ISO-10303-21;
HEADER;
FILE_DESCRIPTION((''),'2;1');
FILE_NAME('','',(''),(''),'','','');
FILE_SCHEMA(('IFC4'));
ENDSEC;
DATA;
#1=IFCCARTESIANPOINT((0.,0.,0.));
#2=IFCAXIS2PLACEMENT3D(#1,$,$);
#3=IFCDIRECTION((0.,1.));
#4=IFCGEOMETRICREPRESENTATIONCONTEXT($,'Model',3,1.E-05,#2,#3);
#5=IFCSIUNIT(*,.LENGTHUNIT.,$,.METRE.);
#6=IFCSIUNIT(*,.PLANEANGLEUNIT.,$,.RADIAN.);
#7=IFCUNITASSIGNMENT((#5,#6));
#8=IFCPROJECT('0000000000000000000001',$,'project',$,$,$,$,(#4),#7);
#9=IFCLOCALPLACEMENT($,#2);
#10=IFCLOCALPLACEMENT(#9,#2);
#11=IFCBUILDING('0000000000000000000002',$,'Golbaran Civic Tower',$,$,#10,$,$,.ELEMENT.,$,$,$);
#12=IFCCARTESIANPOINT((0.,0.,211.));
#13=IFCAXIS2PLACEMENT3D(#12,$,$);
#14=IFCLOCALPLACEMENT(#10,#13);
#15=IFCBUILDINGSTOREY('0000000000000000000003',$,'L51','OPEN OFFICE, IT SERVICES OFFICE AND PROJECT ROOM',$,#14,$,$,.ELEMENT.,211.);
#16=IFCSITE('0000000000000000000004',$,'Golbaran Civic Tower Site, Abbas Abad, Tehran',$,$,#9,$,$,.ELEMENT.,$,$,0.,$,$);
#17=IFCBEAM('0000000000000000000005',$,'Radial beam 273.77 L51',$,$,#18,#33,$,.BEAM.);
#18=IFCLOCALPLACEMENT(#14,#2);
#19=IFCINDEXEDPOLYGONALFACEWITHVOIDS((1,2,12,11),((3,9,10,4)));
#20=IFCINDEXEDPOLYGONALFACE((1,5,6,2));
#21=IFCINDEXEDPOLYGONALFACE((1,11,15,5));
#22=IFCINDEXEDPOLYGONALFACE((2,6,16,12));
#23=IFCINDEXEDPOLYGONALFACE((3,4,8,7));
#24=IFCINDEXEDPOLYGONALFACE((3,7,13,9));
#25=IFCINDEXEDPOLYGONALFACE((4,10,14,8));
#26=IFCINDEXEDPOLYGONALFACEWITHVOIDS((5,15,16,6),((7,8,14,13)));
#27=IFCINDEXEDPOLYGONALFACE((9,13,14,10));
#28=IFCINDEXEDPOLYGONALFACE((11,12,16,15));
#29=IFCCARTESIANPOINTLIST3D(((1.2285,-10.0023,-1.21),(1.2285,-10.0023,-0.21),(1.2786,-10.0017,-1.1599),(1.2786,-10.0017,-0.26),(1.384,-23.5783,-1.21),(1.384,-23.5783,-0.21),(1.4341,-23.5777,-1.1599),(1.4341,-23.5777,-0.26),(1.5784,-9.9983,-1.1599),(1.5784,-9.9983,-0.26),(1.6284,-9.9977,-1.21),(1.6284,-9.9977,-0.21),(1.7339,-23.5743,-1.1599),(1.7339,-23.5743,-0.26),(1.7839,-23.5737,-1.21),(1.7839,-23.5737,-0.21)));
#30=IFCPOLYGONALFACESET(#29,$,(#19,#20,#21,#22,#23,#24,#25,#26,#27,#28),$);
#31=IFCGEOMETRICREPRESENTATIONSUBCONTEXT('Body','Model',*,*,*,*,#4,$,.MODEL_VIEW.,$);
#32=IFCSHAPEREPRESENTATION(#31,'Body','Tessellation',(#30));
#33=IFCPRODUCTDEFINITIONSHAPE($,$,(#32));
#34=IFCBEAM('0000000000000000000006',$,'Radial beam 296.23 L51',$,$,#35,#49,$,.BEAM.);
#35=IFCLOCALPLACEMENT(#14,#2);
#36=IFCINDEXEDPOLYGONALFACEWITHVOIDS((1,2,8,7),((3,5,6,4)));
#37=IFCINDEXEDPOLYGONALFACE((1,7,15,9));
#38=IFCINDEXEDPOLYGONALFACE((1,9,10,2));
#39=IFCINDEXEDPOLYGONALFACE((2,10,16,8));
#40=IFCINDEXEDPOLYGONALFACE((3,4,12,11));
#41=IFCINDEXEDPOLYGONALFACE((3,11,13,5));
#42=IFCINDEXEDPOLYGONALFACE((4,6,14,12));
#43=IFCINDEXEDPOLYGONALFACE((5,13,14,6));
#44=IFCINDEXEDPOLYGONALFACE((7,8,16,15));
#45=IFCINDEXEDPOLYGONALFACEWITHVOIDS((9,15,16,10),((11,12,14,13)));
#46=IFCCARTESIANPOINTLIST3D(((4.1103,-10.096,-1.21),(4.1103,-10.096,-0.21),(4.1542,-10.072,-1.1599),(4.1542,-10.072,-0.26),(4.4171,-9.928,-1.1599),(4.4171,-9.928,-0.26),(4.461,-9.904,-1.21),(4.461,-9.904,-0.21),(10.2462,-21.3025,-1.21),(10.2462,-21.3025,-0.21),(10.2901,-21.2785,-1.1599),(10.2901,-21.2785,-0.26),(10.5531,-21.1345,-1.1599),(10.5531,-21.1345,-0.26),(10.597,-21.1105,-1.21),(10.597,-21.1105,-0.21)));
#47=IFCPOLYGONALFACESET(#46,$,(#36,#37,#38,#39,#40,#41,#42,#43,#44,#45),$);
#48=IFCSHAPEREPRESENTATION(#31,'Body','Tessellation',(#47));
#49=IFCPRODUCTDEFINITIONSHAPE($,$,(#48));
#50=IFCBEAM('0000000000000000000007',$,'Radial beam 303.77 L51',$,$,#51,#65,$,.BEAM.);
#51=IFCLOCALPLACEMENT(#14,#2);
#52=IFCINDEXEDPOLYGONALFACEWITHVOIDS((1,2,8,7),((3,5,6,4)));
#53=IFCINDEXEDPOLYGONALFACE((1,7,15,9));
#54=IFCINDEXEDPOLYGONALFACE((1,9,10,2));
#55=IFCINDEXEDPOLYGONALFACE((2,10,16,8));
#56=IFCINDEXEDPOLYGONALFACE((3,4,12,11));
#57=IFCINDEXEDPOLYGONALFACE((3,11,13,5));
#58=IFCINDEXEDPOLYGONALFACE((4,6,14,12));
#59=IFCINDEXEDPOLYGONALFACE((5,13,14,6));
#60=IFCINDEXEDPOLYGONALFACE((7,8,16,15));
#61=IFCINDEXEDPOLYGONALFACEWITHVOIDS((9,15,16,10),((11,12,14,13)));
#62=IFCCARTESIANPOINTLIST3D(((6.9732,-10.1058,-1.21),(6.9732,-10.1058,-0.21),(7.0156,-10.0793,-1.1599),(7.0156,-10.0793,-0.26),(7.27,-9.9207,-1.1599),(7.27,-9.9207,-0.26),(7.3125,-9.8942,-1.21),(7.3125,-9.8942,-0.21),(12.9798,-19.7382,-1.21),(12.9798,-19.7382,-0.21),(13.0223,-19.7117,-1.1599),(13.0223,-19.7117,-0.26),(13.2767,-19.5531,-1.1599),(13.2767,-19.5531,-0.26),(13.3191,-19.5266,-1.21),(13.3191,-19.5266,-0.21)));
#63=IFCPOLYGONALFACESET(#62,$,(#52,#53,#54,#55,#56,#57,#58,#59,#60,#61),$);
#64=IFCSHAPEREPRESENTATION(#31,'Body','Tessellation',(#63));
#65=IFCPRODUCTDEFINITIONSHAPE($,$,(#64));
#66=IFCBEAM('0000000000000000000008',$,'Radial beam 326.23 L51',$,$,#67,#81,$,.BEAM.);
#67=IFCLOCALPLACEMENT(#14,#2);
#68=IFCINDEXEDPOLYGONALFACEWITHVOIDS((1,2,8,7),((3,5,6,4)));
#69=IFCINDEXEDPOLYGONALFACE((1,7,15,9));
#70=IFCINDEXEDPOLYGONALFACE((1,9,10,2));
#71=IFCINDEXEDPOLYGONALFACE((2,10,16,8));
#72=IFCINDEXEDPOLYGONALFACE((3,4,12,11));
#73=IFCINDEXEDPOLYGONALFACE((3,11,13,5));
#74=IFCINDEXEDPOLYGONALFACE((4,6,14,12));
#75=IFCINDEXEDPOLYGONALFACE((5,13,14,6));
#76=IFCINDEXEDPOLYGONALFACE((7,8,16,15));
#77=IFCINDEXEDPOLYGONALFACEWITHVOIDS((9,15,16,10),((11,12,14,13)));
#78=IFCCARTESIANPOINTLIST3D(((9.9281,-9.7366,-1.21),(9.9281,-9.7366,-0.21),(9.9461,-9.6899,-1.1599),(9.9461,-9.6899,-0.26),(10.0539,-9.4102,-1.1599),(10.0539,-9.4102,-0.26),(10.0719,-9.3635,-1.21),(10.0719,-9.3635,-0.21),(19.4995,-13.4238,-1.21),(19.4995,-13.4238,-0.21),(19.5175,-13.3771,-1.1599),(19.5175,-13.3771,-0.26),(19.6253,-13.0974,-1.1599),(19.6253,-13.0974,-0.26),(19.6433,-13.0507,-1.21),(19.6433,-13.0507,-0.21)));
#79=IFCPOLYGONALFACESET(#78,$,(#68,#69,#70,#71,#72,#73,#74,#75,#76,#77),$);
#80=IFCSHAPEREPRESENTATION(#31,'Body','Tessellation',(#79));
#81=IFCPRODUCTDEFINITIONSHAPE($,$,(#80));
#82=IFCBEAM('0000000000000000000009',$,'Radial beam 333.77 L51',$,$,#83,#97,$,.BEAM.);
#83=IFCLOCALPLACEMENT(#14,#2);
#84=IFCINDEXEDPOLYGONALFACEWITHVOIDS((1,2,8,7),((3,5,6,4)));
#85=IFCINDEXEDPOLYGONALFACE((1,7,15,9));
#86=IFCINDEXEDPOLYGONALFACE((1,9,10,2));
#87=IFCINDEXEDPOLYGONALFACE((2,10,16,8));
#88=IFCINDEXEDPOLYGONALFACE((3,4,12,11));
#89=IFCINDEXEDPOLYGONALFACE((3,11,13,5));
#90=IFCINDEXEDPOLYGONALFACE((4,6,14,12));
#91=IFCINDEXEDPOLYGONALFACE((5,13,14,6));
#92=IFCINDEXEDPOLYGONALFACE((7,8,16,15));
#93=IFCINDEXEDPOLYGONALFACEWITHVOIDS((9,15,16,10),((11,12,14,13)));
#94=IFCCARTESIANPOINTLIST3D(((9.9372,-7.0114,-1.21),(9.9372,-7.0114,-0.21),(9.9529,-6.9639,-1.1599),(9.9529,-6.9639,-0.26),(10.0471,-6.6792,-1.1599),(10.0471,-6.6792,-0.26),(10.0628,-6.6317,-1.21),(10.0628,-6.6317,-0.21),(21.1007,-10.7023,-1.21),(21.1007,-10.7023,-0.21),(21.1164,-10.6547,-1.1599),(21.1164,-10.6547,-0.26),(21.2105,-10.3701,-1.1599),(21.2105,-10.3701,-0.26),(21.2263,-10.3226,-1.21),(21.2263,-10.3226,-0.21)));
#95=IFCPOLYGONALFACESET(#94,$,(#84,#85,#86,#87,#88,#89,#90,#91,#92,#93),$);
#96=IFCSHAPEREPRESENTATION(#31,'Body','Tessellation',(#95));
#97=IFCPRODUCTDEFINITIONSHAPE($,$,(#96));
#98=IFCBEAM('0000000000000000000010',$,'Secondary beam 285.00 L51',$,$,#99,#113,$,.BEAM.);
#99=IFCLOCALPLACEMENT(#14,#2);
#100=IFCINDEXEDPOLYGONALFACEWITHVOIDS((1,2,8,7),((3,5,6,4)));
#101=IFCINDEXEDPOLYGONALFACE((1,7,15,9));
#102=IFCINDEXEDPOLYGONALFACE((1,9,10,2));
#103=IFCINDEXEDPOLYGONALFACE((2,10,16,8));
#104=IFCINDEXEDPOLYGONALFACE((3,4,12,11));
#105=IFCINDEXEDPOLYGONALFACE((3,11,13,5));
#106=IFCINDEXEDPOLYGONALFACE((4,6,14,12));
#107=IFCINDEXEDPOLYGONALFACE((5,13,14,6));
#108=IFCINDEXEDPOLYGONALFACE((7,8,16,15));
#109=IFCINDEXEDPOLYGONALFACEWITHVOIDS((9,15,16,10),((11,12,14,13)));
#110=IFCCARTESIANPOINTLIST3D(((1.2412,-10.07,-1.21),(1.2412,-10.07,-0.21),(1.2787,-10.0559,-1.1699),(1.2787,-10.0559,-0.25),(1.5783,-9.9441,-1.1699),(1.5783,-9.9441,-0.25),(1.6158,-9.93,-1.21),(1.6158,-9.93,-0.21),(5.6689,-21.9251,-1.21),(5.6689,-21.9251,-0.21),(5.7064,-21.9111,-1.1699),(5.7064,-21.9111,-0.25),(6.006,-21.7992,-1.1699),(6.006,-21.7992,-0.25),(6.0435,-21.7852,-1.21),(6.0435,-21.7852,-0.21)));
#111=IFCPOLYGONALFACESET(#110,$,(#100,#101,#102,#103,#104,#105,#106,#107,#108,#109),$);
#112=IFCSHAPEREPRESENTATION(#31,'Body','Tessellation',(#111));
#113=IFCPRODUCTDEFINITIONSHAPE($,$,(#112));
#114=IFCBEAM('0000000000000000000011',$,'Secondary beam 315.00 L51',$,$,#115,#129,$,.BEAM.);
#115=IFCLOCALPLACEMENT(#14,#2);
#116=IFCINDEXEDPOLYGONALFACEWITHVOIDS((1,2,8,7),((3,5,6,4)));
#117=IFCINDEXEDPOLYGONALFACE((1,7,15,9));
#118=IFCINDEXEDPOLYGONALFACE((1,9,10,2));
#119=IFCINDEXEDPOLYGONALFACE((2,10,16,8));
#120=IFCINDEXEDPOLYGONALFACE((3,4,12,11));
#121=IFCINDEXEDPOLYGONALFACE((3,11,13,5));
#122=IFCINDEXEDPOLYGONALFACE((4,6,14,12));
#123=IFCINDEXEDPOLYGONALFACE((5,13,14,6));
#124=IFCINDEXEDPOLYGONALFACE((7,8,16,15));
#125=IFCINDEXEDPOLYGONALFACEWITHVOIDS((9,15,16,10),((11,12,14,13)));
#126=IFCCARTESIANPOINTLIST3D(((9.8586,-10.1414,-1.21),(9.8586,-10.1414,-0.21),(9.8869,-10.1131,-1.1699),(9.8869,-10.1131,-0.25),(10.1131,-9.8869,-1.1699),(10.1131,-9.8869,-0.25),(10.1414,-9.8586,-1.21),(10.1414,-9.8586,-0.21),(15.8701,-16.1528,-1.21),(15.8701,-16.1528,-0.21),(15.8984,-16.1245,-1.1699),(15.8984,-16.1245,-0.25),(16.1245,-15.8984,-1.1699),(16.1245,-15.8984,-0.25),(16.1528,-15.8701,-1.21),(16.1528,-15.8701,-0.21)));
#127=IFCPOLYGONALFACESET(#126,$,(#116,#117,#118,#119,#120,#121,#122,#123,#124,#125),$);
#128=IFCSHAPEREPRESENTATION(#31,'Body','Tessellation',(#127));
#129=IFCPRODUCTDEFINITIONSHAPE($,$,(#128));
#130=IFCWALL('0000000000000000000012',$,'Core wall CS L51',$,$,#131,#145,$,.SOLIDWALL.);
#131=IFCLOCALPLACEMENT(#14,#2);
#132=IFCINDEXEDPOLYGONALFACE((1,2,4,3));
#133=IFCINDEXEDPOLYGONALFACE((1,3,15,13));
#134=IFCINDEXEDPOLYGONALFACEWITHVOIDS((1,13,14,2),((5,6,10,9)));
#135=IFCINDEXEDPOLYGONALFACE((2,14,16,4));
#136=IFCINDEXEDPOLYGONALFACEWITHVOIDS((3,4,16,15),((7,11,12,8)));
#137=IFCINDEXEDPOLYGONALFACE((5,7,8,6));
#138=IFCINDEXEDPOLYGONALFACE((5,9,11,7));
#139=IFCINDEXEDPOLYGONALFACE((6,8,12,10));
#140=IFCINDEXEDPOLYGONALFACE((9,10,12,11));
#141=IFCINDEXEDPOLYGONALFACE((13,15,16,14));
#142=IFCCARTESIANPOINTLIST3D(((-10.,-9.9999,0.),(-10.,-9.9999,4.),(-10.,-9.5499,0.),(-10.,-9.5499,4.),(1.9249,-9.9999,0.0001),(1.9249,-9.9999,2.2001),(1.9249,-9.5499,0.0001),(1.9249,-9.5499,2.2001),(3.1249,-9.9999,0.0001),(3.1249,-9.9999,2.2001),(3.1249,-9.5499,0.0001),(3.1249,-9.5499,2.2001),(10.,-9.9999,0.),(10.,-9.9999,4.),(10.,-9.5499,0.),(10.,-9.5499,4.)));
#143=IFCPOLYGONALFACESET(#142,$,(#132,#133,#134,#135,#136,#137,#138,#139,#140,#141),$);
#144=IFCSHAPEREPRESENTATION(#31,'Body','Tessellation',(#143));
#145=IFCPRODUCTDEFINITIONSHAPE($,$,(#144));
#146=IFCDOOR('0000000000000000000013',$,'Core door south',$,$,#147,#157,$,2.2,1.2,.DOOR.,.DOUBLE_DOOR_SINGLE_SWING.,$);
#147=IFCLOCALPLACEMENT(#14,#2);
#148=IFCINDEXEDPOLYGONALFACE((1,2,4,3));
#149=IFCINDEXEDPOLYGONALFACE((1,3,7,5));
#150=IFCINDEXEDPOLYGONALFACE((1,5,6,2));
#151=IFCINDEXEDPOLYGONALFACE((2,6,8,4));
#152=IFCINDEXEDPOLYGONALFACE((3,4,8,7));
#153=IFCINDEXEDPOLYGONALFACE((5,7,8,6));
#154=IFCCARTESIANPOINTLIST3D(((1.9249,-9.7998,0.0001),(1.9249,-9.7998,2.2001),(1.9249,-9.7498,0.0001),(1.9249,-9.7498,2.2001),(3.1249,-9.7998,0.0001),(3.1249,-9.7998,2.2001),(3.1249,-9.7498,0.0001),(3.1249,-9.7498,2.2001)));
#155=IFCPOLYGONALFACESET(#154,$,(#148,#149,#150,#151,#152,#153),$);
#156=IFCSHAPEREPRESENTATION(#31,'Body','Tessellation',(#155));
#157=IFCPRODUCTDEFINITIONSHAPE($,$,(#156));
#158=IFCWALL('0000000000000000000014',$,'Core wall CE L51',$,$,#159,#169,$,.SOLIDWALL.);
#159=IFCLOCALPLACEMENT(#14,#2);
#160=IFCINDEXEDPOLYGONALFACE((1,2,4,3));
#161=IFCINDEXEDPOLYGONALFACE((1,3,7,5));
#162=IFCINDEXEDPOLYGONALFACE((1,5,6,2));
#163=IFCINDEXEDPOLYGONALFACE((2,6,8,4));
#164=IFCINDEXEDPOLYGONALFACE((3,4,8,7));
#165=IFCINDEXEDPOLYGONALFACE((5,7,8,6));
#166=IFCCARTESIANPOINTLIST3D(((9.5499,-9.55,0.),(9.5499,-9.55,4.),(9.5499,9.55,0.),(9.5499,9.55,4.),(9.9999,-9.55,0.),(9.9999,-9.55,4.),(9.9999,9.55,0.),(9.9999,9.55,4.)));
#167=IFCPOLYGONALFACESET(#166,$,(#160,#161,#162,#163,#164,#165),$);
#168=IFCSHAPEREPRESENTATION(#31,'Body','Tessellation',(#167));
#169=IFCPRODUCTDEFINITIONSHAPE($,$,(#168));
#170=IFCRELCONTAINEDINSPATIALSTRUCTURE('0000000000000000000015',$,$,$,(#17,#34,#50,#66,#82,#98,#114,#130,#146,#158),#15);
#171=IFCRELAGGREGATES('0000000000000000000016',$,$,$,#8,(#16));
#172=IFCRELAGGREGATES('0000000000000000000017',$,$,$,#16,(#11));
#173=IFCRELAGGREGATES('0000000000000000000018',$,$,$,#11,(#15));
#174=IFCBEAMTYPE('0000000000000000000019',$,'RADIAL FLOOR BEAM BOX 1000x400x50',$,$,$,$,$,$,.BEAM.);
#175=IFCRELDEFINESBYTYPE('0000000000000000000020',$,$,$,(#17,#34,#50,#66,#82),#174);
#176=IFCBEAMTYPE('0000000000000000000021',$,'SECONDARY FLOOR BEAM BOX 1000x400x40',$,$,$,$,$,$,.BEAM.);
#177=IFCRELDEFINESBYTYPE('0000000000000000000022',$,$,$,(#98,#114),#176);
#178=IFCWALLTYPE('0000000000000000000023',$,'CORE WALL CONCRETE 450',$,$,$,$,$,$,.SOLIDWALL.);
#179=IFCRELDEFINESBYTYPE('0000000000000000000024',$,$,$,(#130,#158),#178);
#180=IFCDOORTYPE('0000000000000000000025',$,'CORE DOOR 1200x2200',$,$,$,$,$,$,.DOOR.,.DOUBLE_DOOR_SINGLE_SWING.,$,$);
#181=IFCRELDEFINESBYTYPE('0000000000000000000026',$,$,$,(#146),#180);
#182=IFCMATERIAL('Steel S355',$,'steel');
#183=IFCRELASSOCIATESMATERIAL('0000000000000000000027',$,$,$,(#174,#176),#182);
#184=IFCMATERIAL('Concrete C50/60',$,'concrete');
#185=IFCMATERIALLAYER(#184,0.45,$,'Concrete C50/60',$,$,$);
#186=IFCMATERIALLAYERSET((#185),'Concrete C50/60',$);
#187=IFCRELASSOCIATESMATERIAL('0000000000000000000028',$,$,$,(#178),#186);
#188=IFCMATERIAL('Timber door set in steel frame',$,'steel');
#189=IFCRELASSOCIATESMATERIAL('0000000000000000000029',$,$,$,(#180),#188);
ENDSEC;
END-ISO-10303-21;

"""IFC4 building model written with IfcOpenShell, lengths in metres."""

from ifc_helpers import new_model, si_unit, direction, frame, frame_2d, origin, origin_2d, place, context, subcontext, project, spatial, rectangle, hollow_rectangle, extrude, material, layer, layer_set, material_profile, profile_set, type_object, element, fill, save


model = new_model("IFC4")

# Units and contexts
model_context = context("Model", 3, precision=1e-05, world=origin(), true_north=direction((0.0, 1.0)))
body_context = subcontext(model_context, "Body", "Model", "MODEL_VIEW")
ifc_project = project(units=[si_unit("LENGTHUNIT", "METRE"), si_unit("PLANEANGLEUNIT", "RADIAN")], contexts=[model_context])

# Site, building, storey
site_placement = place(None, origin())
site = spatial("IfcSite", under=ifc_project, at=site_placement, Name="Golbaran Civic Tower Site, Abbas Abad, Tehran", CompositionType="ELEMENT", RefElevation=0.0)
building_placement = place(site_placement, origin())
building = spatial("IfcBuilding", under=site, at=building_placement, Name="Golbaran Civic Tower", CompositionType="ELEMENT")
storey_placement = place(building_placement, frame((0.0, 0.0, 211.0)))
storey = spatial("IfcBuildingStorey", under=building, at=storey_placement, Name="L51", Description="OPEN OFFICE, IT SERVICES OFFICE AND PROJECT ROOM", CompositionType="ELEMENT", Elevation=211.0)

# Beams
ifc_material_1 = material(Name="Steel S355", Category="steel")
ifc_material_profile_1 = material_profile(ifc_material_1, hollow_rectangle(XDim=0.3999, YDim=1.0, WallThickness=0.05, at=origin_2d()), Name="BOX 1000x400x50")
ifc_profile_set_1 = profile_set([ifc_material_profile_1], Name="Steel S355")
beam_type_1 = type_object("IfcBeamType", Name="RADIAL FLOOR BEAM BOX 1000x400x50", PredefinedType="BEAM", material=ifc_profile_set_1)
beam_1_placement = place(storey_placement, frame((1.4285, -10.0, -0.71), z_axis=(0.011455, -0.999934, 0.0), x_axis=(0.999934, 0.011455, 0.0)))
element("IfcBeam", 1, at=beam_1_placement, inside=storey, type_object=beam_type_1, Name="Radial beam 273.77 L51", PredefinedType="BEAM", context=body_context, shape_type="SweptSolid", body=[
    extrude(hollow_rectangle(XDim=0.3999, YDim=1.0, WallThickness=0.05, at=origin_2d()), origin(), (0.0, 0.0, 1.0), 13.5769),
])
beam_2_placement = place(storey_placement, frame((4.2856, -10.0, -0.71), z_axis=(0.480259, -0.877127, 0.0), x_axis=(0.877127, 0.480259, 0.0)))
element("IfcBeam", 2, at=beam_2_placement, inside=storey, type_object=beam_type_1, Name="Radial beam 296.23 L51", PredefinedType="BEAM", context=body_context, shape_type="SweptSolid", body=[
    extrude(hollow_rectangle(XDim=0.3999, YDim=1.0, WallThickness=0.05, at=origin_2d()), origin(), (0.0, 0.0, 1.0), 12.7764),
])
beam_3_placement = place(storey_placement, frame((7.1428, -10.0, -0.71), z_axis=(0.529136, -0.848537, 0.0), x_axis=(0.848537, 0.529136, 0.0)))
element("IfcBeam", 3, at=beam_3_placement, inside=storey, type_object=beam_type_1, Name="Radial beam 303.77 L51", PredefinedType="BEAM", context=body_context, shape_type="SweptSolid", body=[
    extrude(hollow_rectangle(XDim=0.3999, YDim=1.0, WallThickness=0.05, at=origin_2d()), origin(), (0.0, 0.0, 1.0), 11.3518),
])
beam_4_placement = place(storey_placement, frame((10.0, -9.55, -0.71), z_axis=(0.933153, -0.35948, 0.0), x_axis=(0.35948, 0.933153, 0.0)))
element("IfcBeam", 4, at=beam_4_placement, inside=storey, type_object=beam_type_1, Name="Radial beam 326.23 L51", PredefinedType="BEAM", context=body_context, shape_type="SweptSolid", body=[
    extrude(hollow_rectangle(XDim=0.3999, YDim=1.0, WallThickness=0.05, at=origin_2d()), origin(), (0.0, 0.0, 1.0), 10.2571),
])
beam_5_placement = place(storey_placement, frame((10.0, -6.8215, -0.71), z_axis=(0.949453, -0.31391, 0.0), x_axis=(0.31391, 0.949453, 0.0)))
element("IfcBeam", 5, at=beam_5_placement, inside=storey, type_object=beam_type_1, Name="Radial beam 333.77 L51", PredefinedType="BEAM", context=body_context, shape_type="SweptSolid", body=[
    extrude(hollow_rectangle(XDim=0.3999, YDim=1.0, WallThickness=0.05, at=origin_2d()), origin(), (0.0, 0.0, 1.0), 11.7578),
])
ifc_material_profile_2 = material_profile(ifc_material_1, hollow_rectangle(XDim=0.3999, YDim=1.0, WallThickness=0.04, at=origin_2d()), Name="BOX 1000x400x40")
ifc_profile_set_2 = profile_set([ifc_material_profile_2], Name="Steel S355")
beam_type_2 = type_object("IfcBeamType", Name="SECONDARY FLOOR BEAM BOX 1000x400x40", PredefinedType="BEAM", material=ifc_profile_set_2)
beam_6_placement = place(storey_placement, frame((1.4285, -10.0, -0.71), z_axis=(0.349878, -0.936795, 0.0), x_axis=(0.936795, 0.349878, 0.0)))
element("IfcBeam", 6, at=beam_6_placement, inside=storey, type_object=beam_type_2, Name="Secondary beam 285.00 L51", PredefinedType="BEAM", context=body_context, shape_type="SweptSolid", body=[
    extrude(hollow_rectangle(XDim=0.3999, YDim=1.0, WallThickness=0.04, at=origin_2d()), origin(), (0.0, 0.0, 1.0), 12.655),
])
beam_7_placement = place(storey_placement, frame((10.0, -10.0, -0.71), z_axis=(0.707107, -0.707107, 0.0), x_axis=(0.707107, 0.707107, 0.0)))
element("IfcBeam", 7, at=beam_7_placement, inside=storey, type_object=beam_type_2, Name="Secondary beam 315.00 L51", PredefinedType="BEAM", context=body_context, shape_type="SweptSolid", body=[
    extrude(hollow_rectangle(XDim=0.3999, YDim=1.0, WallThickness=0.04, at=origin_2d()), origin(), (0.0, 0.0, 1.0), 8.5015),
])

# Wall, opening, door
ifc_material_2 = material(Name="Concrete C50/60", Category="concrete")
ifc_layer_1 = layer(ifc_material_2, 0.45, Name="Concrete C50/60")
ifc_layer_set_1 = layer_set([ifc_layer_1], Name="Concrete C50/60")
wall_type_1 = type_object("IfcWallType", Name="CORE WALL CONCRETE 450", PredefinedType="SOLIDWALL", material=ifc_layer_set_1)
wall_1_placement = place(storey_placement, frame((10.0, -9.7749, 0.0), z_axis=(0.0, 0.0, 1.0), x_axis=(-1.0, 0.0, 0.0)))
wall_1 = element("IfcWall", 8, at=wall_1_placement, inside=storey, type_object=wall_type_1, Name="Core wall CS L51", PredefinedType="SOLIDWALL", context=body_context, shape_type="SweptSolid", body=[
    extrude(rectangle(XDim=20.0, YDim=0.45, at=frame_2d((10.0, 0.0))), origin(), (0.0, 0.0, 1.0), 4.0),
])
opening_1_placement = place(wall_1_placement, frame((6.875, 0.0, 0.0)))
opening_1 = element("IfcOpeningElement", 9, at=opening_1_placement, cuts=wall_1, PredefinedType="OPENING", context=body_context, shape_type="SweptSolid", body=[
    extrude(rectangle(XDim=1.2, YDim=2.2, at=frame_2d((0.6001, 1.1001))), frame((0.0, 0.2349, 0.0), z_axis=(0.0, -1.0, 0.0), x_axis=(1.0, 0.0, 0.0)), (0.0, 0.0, 1.0), 0.47),
])
ifc_material_3 = material(Name="Timber door set in steel frame", Category="steel")
door_type_1 = type_object("IfcDoorType", Name="CORE DOOR 1200x2200", OperationType="DOUBLE_DOOR_SINGLE_SWING", PredefinedType="DOOR", material=ifc_material_3)
door_1_placement = place(opening_1_placement, origin())
door_1 = element("IfcDoor", 10, at=door_1_placement, inside=storey, type_object=door_type_1, Name="Core door south", OperationType="DOUBLE_DOOR_SINGLE_SWING", OverallHeight=2.2, OverallWidth=1.2, PredefinedType="DOOR", context=body_context, shape_type="SweptSolid", body=[
    extrude(rectangle(XDim=1.2, YDim=2.2, at=frame_2d((0.6001, 1.1001))), frame((0.0, 0.0249, 0.0), z_axis=(0.0, -1.0, 0.0), x_axis=(1.0, 0.0, 0.0)), (0.0, 0.0, 1.0), 0.05),
])
fill(opening_1, door_1)

# Wall
wall_2_placement = place(storey_placement, frame((9.7749, -9.55, 0.0), z_axis=(0.0, 0.0, 1.0), x_axis=(0.0, 1.0, 0.0)))
element("IfcWall", 11, at=wall_2_placement, inside=storey, type_object=wall_type_1, Name="Core wall CE L51", PredefinedType="SOLIDWALL", context=body_context, shape_type="SweptSolid", body=[
    extrude(rectangle(XDim=19.1001, YDim=0.45, at=frame_2d((9.55, 0.0))), origin(), (0.0, 0.0, 1.0), 4.0),
])

save(model, "model.ifc")
